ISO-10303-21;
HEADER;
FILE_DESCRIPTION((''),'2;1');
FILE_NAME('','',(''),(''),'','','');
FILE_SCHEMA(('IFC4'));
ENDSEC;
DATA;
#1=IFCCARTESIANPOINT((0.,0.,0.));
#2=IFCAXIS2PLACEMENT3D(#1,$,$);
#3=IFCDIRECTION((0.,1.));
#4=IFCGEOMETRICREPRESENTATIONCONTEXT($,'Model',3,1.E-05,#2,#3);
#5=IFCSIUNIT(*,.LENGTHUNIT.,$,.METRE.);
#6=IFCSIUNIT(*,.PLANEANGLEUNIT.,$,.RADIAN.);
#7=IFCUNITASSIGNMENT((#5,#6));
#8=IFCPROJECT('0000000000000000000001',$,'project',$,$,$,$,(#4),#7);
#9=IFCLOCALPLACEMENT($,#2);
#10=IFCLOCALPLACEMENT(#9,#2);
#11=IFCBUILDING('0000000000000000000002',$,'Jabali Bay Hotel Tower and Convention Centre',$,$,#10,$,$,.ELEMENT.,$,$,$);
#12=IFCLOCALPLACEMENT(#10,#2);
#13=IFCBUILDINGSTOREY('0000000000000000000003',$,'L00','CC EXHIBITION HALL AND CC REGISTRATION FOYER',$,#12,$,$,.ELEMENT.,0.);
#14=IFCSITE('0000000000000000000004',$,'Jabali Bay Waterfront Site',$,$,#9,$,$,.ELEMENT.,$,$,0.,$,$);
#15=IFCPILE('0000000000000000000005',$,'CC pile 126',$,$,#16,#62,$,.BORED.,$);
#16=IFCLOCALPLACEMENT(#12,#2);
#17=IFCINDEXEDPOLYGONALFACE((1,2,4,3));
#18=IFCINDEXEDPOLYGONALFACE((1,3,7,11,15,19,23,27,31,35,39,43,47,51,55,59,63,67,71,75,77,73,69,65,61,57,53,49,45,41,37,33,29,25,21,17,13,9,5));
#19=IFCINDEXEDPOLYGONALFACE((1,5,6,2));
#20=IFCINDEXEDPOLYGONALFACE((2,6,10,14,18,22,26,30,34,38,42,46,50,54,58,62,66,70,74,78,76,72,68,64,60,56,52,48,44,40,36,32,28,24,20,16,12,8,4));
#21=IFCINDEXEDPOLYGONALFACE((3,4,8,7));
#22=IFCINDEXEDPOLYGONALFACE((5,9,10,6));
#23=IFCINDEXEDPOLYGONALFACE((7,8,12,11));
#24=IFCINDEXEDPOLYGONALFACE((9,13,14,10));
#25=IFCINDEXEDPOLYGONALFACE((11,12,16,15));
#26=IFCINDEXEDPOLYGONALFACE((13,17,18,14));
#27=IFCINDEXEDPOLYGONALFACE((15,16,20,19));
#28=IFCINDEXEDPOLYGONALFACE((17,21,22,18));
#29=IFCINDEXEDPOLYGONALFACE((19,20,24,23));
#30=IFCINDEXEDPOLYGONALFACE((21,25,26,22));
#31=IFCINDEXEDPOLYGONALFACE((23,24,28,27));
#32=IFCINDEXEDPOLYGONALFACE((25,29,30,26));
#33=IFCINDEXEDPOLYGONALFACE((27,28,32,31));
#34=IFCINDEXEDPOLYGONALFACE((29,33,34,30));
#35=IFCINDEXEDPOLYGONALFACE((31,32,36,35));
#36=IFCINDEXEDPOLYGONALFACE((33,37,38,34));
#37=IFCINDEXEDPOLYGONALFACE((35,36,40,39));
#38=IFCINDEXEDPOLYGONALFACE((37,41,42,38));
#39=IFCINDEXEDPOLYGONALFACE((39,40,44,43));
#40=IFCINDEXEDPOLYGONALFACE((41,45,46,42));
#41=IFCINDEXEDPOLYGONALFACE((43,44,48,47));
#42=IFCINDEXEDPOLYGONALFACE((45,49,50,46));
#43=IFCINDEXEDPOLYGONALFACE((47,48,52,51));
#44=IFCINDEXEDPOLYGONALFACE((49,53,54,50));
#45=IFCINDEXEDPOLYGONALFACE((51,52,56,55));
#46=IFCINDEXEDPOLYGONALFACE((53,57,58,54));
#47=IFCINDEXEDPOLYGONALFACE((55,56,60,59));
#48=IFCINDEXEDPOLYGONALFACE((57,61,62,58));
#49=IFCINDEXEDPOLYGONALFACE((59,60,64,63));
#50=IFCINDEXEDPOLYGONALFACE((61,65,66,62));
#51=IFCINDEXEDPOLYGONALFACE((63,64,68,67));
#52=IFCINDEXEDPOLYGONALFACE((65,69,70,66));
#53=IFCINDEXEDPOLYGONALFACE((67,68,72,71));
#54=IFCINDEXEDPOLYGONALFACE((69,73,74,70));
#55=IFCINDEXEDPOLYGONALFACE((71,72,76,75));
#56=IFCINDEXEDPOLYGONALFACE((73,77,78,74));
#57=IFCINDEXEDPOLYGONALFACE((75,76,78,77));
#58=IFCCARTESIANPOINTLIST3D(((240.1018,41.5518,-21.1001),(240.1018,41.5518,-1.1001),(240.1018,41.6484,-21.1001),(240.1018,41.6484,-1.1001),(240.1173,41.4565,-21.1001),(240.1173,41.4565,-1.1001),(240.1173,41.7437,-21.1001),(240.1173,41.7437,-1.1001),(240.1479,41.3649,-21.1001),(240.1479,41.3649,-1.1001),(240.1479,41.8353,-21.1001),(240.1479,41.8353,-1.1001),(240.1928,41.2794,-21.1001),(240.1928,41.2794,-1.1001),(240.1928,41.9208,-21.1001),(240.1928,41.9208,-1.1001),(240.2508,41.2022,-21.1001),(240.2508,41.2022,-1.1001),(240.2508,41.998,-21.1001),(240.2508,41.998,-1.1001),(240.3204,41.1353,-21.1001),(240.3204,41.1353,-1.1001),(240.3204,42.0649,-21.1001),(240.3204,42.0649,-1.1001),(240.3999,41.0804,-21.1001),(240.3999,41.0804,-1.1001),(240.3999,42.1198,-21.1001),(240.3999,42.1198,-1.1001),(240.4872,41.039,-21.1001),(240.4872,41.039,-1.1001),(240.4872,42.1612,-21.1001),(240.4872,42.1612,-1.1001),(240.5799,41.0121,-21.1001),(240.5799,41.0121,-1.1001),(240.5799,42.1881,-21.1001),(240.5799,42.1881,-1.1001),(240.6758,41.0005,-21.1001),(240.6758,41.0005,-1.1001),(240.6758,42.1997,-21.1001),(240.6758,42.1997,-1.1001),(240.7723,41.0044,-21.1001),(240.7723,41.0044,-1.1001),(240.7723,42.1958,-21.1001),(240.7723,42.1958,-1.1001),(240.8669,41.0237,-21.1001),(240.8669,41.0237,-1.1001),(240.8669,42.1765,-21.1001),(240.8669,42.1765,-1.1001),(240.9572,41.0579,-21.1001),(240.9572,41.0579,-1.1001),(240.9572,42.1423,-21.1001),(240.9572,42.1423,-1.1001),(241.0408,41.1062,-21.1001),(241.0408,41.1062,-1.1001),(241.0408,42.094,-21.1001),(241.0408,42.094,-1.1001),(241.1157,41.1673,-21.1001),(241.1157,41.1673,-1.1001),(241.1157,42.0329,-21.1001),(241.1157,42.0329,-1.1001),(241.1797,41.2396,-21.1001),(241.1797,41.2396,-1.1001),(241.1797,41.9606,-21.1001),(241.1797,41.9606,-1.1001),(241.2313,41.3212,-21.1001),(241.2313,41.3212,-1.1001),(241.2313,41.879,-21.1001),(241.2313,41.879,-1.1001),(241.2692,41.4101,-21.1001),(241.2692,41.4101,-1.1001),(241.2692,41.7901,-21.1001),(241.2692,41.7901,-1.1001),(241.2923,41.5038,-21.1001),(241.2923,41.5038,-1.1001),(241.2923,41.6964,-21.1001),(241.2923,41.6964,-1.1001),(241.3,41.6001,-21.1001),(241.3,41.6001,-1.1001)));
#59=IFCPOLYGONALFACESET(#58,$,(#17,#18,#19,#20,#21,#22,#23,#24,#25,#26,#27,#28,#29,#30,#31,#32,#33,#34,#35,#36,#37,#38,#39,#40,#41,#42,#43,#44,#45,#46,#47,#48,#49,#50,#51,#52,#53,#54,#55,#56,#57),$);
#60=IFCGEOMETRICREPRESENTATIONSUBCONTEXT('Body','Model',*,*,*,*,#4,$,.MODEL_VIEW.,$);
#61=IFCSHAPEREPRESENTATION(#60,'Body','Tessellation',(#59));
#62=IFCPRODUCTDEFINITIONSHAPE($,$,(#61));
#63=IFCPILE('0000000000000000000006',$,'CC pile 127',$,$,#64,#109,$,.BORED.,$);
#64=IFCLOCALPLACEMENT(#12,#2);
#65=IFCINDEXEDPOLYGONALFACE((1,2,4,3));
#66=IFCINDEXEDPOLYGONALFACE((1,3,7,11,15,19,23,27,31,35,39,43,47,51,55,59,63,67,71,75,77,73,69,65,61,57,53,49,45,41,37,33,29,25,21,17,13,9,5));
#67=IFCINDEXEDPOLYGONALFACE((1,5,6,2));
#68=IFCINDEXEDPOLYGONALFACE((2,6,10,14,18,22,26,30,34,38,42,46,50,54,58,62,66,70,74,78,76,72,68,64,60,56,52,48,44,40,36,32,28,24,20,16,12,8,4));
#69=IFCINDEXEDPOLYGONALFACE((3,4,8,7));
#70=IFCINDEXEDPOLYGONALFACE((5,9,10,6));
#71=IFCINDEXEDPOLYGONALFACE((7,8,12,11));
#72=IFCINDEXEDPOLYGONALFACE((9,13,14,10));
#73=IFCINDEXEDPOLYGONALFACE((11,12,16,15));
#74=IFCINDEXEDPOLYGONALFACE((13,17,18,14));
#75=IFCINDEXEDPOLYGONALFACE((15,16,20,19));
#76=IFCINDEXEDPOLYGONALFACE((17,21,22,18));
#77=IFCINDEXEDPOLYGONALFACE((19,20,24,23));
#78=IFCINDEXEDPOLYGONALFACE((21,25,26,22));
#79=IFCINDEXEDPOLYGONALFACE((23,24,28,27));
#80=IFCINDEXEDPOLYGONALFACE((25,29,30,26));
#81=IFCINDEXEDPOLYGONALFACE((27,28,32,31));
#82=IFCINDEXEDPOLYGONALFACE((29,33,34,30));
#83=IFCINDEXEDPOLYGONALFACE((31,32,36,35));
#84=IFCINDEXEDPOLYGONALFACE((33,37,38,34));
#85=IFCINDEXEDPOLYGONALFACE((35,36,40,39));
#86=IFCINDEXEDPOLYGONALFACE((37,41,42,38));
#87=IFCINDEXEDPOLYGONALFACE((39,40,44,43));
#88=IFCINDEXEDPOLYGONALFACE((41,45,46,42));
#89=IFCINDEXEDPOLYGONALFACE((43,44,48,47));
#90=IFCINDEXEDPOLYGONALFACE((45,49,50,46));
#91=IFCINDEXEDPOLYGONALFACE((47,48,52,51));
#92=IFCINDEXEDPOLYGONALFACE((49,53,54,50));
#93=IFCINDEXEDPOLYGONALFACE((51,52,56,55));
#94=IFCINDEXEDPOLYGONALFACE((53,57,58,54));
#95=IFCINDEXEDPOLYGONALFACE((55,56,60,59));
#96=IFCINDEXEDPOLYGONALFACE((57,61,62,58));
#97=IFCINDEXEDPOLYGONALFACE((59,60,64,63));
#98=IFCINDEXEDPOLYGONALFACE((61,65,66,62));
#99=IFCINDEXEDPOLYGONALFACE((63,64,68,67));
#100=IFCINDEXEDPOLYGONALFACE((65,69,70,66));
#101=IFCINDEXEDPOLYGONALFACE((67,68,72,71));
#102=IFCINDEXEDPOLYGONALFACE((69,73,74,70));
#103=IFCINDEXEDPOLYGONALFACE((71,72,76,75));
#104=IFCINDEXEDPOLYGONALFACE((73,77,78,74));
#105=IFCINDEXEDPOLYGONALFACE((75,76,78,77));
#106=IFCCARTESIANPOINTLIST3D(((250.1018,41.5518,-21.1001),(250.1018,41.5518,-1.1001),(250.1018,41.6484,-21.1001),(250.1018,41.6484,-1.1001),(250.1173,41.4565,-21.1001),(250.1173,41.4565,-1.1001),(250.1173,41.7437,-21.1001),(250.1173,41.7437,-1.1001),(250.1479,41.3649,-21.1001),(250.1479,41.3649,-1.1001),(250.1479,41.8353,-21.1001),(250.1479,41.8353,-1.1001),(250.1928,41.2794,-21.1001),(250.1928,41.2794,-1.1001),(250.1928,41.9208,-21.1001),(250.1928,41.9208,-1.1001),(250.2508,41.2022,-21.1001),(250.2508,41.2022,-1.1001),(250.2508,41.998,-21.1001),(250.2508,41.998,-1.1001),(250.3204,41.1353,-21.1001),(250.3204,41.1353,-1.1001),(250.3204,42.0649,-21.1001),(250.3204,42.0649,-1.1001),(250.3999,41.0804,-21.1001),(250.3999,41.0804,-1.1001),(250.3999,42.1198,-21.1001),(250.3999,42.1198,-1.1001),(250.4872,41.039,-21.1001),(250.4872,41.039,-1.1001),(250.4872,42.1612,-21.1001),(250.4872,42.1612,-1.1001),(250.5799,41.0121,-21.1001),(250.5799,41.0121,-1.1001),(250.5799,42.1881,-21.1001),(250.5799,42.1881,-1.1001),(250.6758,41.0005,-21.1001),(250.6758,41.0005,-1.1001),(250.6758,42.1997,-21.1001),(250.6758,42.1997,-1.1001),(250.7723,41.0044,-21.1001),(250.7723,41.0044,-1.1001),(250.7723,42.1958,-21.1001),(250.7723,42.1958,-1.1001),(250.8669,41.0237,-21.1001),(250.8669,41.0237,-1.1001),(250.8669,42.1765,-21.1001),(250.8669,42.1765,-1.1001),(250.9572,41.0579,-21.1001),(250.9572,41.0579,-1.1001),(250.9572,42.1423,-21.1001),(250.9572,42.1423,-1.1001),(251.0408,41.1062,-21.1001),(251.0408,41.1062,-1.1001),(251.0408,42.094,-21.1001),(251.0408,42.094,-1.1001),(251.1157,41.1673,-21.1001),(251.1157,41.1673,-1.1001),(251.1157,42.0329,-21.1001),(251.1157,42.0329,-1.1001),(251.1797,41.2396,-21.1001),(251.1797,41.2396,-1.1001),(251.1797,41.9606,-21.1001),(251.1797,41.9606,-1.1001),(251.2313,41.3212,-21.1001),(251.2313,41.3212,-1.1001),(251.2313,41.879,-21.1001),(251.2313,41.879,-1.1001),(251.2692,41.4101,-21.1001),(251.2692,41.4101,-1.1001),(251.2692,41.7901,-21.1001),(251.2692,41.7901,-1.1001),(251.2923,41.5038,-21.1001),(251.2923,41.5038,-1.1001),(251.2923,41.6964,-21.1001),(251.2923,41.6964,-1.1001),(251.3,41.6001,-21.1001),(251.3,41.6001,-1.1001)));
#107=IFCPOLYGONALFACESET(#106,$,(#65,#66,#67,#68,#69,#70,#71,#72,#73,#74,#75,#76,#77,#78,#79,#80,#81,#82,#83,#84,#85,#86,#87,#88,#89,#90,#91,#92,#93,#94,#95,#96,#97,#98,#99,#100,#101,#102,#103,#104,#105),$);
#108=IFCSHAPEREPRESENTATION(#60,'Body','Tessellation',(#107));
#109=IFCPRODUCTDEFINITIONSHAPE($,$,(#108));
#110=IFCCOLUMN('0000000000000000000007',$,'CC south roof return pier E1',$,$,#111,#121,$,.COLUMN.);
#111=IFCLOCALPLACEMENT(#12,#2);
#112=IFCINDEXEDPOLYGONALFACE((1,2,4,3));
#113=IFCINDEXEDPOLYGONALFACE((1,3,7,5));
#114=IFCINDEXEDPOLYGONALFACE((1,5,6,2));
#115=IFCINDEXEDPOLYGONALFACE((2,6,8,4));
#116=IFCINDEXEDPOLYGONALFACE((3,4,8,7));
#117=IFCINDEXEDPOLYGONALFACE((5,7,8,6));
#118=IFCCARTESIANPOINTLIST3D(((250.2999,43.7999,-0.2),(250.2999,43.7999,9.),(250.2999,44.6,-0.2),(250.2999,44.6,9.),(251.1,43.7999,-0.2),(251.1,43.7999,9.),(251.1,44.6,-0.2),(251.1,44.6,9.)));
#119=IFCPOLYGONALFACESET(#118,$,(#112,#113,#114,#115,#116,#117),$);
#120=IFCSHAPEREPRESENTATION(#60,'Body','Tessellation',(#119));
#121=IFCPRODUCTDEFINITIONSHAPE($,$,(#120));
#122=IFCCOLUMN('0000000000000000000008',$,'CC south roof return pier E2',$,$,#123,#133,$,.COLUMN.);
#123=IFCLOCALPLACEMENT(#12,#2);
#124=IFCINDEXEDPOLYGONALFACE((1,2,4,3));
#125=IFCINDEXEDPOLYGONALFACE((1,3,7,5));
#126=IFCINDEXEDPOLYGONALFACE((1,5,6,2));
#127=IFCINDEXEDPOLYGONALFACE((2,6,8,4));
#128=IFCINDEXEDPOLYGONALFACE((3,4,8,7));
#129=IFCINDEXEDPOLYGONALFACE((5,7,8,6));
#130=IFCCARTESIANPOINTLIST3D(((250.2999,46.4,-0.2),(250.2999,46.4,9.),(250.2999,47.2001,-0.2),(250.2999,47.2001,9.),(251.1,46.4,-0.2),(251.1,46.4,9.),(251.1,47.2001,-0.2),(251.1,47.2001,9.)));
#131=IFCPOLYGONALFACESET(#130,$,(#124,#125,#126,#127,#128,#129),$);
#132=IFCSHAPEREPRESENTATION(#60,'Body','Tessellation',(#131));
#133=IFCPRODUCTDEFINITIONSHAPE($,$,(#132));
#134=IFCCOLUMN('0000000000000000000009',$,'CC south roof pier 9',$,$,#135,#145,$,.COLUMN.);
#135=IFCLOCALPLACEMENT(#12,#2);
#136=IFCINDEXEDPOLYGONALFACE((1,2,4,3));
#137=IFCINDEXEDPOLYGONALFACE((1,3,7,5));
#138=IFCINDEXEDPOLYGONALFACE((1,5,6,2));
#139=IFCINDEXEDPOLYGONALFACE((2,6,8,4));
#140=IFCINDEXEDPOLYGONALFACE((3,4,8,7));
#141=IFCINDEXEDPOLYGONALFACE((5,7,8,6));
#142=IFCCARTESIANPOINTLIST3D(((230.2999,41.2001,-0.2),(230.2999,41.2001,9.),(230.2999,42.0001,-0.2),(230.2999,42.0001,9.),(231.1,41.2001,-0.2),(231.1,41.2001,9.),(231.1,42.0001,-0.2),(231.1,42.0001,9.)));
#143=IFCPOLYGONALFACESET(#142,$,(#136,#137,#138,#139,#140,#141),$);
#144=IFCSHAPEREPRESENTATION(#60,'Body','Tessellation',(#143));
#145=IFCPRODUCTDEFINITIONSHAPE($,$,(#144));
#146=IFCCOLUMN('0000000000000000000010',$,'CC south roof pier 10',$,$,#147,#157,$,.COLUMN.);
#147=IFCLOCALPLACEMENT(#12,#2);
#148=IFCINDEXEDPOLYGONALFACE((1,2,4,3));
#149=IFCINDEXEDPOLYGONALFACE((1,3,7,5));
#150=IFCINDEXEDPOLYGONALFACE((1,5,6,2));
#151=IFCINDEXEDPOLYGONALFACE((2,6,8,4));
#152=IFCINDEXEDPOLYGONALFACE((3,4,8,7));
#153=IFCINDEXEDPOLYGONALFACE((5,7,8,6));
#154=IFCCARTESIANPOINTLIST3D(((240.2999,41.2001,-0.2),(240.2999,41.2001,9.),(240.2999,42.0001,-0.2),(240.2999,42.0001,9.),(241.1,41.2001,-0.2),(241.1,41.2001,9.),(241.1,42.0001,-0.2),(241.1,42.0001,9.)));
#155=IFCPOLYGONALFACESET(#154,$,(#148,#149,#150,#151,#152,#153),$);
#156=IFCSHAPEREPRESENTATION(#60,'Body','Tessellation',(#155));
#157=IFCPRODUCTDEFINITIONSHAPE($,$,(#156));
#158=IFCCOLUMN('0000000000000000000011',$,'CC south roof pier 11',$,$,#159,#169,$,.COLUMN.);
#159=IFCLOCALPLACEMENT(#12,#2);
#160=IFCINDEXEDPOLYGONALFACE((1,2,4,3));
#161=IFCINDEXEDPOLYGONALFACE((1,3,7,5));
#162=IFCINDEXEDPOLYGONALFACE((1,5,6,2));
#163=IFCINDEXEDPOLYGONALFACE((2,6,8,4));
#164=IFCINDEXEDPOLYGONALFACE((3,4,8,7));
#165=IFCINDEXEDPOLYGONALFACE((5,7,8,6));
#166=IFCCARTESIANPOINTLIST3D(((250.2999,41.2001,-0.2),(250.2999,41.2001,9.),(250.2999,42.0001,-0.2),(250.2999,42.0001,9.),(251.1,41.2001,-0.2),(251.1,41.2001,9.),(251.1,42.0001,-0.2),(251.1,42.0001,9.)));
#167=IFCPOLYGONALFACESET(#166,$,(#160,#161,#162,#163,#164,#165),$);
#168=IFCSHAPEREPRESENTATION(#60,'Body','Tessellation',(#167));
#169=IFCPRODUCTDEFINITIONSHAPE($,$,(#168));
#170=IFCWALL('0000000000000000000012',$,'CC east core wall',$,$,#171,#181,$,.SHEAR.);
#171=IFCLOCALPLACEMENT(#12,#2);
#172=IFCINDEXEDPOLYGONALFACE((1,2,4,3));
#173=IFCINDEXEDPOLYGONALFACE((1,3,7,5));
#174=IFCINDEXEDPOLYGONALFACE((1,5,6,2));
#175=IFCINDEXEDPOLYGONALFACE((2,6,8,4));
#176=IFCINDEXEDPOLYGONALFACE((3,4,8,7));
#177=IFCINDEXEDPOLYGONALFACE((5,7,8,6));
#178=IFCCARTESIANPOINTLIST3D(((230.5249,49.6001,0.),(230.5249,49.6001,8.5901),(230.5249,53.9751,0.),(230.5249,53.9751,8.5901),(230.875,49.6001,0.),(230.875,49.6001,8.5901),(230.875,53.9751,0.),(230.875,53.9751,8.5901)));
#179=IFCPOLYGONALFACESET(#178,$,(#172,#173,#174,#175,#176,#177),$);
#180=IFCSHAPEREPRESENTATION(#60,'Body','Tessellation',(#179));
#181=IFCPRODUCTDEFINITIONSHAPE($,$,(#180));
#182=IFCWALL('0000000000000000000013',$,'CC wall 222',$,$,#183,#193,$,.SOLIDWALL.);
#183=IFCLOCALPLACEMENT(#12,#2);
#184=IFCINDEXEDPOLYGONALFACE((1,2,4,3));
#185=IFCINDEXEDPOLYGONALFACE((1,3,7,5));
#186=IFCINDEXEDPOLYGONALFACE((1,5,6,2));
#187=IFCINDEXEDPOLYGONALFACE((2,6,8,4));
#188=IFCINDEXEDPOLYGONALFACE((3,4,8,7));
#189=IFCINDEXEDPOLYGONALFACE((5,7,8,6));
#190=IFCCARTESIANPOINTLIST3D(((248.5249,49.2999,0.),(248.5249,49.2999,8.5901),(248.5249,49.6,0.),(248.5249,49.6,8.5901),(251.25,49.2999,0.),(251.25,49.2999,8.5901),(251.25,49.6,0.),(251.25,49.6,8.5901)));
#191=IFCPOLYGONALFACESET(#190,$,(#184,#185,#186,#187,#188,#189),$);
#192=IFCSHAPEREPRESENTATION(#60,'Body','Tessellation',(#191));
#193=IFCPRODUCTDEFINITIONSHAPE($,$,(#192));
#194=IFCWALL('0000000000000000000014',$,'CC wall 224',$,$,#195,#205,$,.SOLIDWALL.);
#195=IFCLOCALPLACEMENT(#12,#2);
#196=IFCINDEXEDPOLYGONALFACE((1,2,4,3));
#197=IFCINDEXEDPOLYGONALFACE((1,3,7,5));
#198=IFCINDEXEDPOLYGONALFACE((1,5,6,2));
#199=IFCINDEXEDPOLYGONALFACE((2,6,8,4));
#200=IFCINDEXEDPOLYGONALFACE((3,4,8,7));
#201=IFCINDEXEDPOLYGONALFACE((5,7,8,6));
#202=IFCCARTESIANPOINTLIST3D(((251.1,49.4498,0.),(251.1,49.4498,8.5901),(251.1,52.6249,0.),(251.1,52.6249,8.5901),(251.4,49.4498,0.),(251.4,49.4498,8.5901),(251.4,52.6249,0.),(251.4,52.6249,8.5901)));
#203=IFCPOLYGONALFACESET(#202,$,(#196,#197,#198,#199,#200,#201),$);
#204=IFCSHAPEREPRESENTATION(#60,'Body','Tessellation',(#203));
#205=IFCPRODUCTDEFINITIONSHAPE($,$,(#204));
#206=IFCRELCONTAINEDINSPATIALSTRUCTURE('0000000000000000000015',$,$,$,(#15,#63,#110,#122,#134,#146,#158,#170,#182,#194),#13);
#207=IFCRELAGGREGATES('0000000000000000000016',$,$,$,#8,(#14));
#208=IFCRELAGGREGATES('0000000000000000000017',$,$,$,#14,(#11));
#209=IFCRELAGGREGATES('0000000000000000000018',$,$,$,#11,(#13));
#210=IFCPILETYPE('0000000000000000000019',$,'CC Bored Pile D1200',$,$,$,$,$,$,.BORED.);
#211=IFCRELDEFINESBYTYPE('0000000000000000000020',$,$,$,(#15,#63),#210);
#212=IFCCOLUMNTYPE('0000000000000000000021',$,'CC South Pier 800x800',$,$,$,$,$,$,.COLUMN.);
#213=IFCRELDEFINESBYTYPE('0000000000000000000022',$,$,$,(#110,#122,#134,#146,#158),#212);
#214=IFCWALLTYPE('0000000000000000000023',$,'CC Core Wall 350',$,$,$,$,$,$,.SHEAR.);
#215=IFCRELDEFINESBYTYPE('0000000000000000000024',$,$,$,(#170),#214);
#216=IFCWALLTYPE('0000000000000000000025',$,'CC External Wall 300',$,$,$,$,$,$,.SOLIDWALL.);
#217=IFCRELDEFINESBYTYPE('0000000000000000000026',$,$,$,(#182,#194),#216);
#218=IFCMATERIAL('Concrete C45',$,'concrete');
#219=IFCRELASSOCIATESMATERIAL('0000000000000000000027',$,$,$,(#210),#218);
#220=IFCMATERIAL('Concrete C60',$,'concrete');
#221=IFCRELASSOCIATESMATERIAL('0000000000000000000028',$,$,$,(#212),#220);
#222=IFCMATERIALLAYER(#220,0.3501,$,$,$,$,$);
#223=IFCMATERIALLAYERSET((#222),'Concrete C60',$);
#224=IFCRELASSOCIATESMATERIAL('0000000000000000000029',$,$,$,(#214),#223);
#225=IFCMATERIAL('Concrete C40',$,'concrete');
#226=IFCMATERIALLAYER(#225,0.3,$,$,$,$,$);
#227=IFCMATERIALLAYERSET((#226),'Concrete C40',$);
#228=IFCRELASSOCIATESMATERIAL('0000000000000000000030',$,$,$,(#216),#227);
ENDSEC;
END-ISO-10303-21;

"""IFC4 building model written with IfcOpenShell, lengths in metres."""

from ifc_helpers import new_model, si_unit, direction, frame, frame_2d, origin, origin_2d, place, context, subcontext, project, spatial, rectangle, circle, extrude, material, layer, layer_set, material_profile, profile_set, type_object, element, save


model = new_model("IFC4")

# Units and contexts
model_context = context("Model", 3, precision=1e-05, world=origin(), true_north=direction((0.0, 1.0)))
body_context = subcontext(model_context, "Body", "Model", "MODEL_VIEW")
ifc_project = project(units=[si_unit("LENGTHUNIT", "METRE"), si_unit("PLANEANGLEUNIT", "RADIAN")], contexts=[model_context])

# Site, building, storey
site_placement = place(None, origin())
site = spatial("IfcSite", under=ifc_project, at=site_placement, Name="Jabali Bay Waterfront Site", CompositionType="ELEMENT", RefElevation=0.0)
building_placement = place(site_placement, origin())
building = spatial("IfcBuilding", under=site, at=building_placement, Name="Jabali Bay Hotel Tower and Convention Centre", CompositionType="ELEMENT")
storey_placement = place(building_placement, origin())
storey = spatial("IfcBuildingStorey", under=building, at=storey_placement, Name="L00", Description="CC EXHIBITION HALL AND CC REGISTRATION FOYER", CompositionType="ELEMENT", Elevation=0.0)

# Piles
ifc_material_1 = material(Name="Concrete C45", Category="concrete")
ifc_material_profile_1 = material_profile(ifc_material_1, circle(Radius=0.6001, at=origin_2d()), Name="D1200")
ifc_profile_set_1 = profile_set([ifc_material_profile_1], Name="Concrete C45")
pile_type = type_object("IfcPileType", Name="CC Bored Pile D1200", PredefinedType="BORED", material=ifc_profile_set_1)
for number, where, z_axis, x_axis, name in (
    (1, (240.7, 41.6001, -1.1001), (0.0, 0.0, -1.0), (1.0, 0.0, 0.0), "CC pile 126"),
    (2, (250.7, 41.6001, -1.1001), (0.0, 0.0, -1.0), (1.0, 0.0, 0.0), "CC pile 127"),
):
    element("IfcPile", number, at=place(storey_placement, frame(where, z_axis=z_axis, x_axis=x_axis)), inside=storey, type_object=pile_type, Name=name, PredefinedType="BORED", context=body_context, shape_type="SweptSolid", body=[
        extrude(circle(Radius=0.6001, at=origin_2d()), origin(), (0.0, 0.0, 1.0), 20.0),
    ])

# Columns
ifc_material_2 = material(Name="Concrete C60", Category="concrete")
ifc_material_profile_2 = material_profile(ifc_material_2, rectangle(XDim=0.8, YDim=0.8, at=origin_2d()), Name="RC 800x800")
ifc_profile_set_2 = profile_set([ifc_material_profile_2], Name="Concrete C60")
column_type = type_object("IfcColumnType", Name="CC South Pier 800x800", PredefinedType="COLUMN", material=ifc_profile_set_2)
for number, where, z_axis, x_axis, name in (
    (3, (250.7, 44.2, -0.2), (0.0, 0.0, 1.0), (1.0, 0.0, 0.0), "CC south roof return pier E1"),
    (4, (250.7, 46.8, -0.2), (0.0, 0.0, 1.0), (1.0, 0.0, 0.0), "CC south roof return pier E2"),
    (5, (230.7, 41.6001, -0.2), (0.0, 0.0, 1.0), (1.0, 0.0, 0.0), "CC south roof pier 9"),
    (6, (240.7, 41.6001, -0.2), (0.0, 0.0, 1.0), (1.0, 0.0, 0.0), "CC south roof pier 10"),
    (7, (250.7, 41.6001, -0.2), (0.0, 0.0, 1.0), (1.0, 0.0, 0.0), "CC south roof pier 11"),
):
    element("IfcColumn", number, at=place(storey_placement, frame(where, z_axis=z_axis, x_axis=x_axis)), inside=storey, type_object=column_type, Name=name, PredefinedType="COLUMN", context=body_context, shape_type="SweptSolid", body=[
        extrude(rectangle(XDim=0.8, YDim=0.8, at=origin_2d()), origin(), (0.0, 0.0, 1.0), 9.2),
    ])

# Walls
ifc_layer_1 = layer(ifc_material_2, 0.3501)
ifc_layer_set_1 = layer_set([ifc_layer_1], Name="Concrete C60")
wall_type_1 = type_object("IfcWallType", Name="CC Core Wall 350", PredefinedType="SHEAR", material=ifc_layer_set_1)
wall_1_placement = place(storey_placement, frame((230.7, 49.6001, 0.0), z_axis=(0.0, 0.0, 1.0), x_axis=(0.0, 1.0, 0.0)))
element("IfcWall", 8, at=wall_1_placement, inside=storey, type_object=wall_type_1, Name="CC east core wall", PredefinedType="SHEAR", context=body_context, shape_type="SweptSolid", body=[
    extrude(rectangle(XDim=4.375, YDim=0.3501, at=frame_2d((2.1875, 0.0))), origin(), (0.0, 0.0, 1.0), 8.5901),
])
ifc_material_3 = material(Name="Concrete C40", Category="concrete")
ifc_layer_2 = layer(ifc_material_3, 0.3)
ifc_layer_set_2 = layer_set([ifc_layer_2], Name="Concrete C40")
wall_type_2 = type_object("IfcWallType", Name="CC External Wall 300", PredefinedType="SOLIDWALL", material=ifc_layer_set_2)
wall_2_placement = place(storey_placement, frame((248.5249, 49.45, 0.0), z_axis=(0.0, 0.0, 1.0), x_axis=(1.0, 0.0, 0.0)))
element("IfcWall", 9, at=wall_2_placement, inside=storey, type_object=wall_type_2, Name="CC wall 222", PredefinedType="SOLIDWALL", context=body_context, shape_type="SweptSolid", body=[
    extrude(rectangle(XDim=2.7251, YDim=0.3, at=frame_2d((1.3625, 0.0))), origin(), (0.0, 0.0, 1.0), 8.5901),
])
wall_3_placement = place(storey_placement, frame((251.25, 49.45, 0.0), z_axis=(0.0, 0.0, 1.0), x_axis=(0.0, 1.0, 0.0)))
element("IfcWall", 10, at=wall_3_placement, inside=storey, type_object=wall_type_2, Name="CC wall 224", PredefinedType="SOLIDWALL", context=body_context, shape_type="SweptSolid", body=[
    extrude(rectangle(XDim=3.175, YDim=0.3, at=frame_2d((1.5874, 0.0))), origin(), (0.0, 0.0, 1.0), 8.5901),
])

save(model, "model.ifc")
